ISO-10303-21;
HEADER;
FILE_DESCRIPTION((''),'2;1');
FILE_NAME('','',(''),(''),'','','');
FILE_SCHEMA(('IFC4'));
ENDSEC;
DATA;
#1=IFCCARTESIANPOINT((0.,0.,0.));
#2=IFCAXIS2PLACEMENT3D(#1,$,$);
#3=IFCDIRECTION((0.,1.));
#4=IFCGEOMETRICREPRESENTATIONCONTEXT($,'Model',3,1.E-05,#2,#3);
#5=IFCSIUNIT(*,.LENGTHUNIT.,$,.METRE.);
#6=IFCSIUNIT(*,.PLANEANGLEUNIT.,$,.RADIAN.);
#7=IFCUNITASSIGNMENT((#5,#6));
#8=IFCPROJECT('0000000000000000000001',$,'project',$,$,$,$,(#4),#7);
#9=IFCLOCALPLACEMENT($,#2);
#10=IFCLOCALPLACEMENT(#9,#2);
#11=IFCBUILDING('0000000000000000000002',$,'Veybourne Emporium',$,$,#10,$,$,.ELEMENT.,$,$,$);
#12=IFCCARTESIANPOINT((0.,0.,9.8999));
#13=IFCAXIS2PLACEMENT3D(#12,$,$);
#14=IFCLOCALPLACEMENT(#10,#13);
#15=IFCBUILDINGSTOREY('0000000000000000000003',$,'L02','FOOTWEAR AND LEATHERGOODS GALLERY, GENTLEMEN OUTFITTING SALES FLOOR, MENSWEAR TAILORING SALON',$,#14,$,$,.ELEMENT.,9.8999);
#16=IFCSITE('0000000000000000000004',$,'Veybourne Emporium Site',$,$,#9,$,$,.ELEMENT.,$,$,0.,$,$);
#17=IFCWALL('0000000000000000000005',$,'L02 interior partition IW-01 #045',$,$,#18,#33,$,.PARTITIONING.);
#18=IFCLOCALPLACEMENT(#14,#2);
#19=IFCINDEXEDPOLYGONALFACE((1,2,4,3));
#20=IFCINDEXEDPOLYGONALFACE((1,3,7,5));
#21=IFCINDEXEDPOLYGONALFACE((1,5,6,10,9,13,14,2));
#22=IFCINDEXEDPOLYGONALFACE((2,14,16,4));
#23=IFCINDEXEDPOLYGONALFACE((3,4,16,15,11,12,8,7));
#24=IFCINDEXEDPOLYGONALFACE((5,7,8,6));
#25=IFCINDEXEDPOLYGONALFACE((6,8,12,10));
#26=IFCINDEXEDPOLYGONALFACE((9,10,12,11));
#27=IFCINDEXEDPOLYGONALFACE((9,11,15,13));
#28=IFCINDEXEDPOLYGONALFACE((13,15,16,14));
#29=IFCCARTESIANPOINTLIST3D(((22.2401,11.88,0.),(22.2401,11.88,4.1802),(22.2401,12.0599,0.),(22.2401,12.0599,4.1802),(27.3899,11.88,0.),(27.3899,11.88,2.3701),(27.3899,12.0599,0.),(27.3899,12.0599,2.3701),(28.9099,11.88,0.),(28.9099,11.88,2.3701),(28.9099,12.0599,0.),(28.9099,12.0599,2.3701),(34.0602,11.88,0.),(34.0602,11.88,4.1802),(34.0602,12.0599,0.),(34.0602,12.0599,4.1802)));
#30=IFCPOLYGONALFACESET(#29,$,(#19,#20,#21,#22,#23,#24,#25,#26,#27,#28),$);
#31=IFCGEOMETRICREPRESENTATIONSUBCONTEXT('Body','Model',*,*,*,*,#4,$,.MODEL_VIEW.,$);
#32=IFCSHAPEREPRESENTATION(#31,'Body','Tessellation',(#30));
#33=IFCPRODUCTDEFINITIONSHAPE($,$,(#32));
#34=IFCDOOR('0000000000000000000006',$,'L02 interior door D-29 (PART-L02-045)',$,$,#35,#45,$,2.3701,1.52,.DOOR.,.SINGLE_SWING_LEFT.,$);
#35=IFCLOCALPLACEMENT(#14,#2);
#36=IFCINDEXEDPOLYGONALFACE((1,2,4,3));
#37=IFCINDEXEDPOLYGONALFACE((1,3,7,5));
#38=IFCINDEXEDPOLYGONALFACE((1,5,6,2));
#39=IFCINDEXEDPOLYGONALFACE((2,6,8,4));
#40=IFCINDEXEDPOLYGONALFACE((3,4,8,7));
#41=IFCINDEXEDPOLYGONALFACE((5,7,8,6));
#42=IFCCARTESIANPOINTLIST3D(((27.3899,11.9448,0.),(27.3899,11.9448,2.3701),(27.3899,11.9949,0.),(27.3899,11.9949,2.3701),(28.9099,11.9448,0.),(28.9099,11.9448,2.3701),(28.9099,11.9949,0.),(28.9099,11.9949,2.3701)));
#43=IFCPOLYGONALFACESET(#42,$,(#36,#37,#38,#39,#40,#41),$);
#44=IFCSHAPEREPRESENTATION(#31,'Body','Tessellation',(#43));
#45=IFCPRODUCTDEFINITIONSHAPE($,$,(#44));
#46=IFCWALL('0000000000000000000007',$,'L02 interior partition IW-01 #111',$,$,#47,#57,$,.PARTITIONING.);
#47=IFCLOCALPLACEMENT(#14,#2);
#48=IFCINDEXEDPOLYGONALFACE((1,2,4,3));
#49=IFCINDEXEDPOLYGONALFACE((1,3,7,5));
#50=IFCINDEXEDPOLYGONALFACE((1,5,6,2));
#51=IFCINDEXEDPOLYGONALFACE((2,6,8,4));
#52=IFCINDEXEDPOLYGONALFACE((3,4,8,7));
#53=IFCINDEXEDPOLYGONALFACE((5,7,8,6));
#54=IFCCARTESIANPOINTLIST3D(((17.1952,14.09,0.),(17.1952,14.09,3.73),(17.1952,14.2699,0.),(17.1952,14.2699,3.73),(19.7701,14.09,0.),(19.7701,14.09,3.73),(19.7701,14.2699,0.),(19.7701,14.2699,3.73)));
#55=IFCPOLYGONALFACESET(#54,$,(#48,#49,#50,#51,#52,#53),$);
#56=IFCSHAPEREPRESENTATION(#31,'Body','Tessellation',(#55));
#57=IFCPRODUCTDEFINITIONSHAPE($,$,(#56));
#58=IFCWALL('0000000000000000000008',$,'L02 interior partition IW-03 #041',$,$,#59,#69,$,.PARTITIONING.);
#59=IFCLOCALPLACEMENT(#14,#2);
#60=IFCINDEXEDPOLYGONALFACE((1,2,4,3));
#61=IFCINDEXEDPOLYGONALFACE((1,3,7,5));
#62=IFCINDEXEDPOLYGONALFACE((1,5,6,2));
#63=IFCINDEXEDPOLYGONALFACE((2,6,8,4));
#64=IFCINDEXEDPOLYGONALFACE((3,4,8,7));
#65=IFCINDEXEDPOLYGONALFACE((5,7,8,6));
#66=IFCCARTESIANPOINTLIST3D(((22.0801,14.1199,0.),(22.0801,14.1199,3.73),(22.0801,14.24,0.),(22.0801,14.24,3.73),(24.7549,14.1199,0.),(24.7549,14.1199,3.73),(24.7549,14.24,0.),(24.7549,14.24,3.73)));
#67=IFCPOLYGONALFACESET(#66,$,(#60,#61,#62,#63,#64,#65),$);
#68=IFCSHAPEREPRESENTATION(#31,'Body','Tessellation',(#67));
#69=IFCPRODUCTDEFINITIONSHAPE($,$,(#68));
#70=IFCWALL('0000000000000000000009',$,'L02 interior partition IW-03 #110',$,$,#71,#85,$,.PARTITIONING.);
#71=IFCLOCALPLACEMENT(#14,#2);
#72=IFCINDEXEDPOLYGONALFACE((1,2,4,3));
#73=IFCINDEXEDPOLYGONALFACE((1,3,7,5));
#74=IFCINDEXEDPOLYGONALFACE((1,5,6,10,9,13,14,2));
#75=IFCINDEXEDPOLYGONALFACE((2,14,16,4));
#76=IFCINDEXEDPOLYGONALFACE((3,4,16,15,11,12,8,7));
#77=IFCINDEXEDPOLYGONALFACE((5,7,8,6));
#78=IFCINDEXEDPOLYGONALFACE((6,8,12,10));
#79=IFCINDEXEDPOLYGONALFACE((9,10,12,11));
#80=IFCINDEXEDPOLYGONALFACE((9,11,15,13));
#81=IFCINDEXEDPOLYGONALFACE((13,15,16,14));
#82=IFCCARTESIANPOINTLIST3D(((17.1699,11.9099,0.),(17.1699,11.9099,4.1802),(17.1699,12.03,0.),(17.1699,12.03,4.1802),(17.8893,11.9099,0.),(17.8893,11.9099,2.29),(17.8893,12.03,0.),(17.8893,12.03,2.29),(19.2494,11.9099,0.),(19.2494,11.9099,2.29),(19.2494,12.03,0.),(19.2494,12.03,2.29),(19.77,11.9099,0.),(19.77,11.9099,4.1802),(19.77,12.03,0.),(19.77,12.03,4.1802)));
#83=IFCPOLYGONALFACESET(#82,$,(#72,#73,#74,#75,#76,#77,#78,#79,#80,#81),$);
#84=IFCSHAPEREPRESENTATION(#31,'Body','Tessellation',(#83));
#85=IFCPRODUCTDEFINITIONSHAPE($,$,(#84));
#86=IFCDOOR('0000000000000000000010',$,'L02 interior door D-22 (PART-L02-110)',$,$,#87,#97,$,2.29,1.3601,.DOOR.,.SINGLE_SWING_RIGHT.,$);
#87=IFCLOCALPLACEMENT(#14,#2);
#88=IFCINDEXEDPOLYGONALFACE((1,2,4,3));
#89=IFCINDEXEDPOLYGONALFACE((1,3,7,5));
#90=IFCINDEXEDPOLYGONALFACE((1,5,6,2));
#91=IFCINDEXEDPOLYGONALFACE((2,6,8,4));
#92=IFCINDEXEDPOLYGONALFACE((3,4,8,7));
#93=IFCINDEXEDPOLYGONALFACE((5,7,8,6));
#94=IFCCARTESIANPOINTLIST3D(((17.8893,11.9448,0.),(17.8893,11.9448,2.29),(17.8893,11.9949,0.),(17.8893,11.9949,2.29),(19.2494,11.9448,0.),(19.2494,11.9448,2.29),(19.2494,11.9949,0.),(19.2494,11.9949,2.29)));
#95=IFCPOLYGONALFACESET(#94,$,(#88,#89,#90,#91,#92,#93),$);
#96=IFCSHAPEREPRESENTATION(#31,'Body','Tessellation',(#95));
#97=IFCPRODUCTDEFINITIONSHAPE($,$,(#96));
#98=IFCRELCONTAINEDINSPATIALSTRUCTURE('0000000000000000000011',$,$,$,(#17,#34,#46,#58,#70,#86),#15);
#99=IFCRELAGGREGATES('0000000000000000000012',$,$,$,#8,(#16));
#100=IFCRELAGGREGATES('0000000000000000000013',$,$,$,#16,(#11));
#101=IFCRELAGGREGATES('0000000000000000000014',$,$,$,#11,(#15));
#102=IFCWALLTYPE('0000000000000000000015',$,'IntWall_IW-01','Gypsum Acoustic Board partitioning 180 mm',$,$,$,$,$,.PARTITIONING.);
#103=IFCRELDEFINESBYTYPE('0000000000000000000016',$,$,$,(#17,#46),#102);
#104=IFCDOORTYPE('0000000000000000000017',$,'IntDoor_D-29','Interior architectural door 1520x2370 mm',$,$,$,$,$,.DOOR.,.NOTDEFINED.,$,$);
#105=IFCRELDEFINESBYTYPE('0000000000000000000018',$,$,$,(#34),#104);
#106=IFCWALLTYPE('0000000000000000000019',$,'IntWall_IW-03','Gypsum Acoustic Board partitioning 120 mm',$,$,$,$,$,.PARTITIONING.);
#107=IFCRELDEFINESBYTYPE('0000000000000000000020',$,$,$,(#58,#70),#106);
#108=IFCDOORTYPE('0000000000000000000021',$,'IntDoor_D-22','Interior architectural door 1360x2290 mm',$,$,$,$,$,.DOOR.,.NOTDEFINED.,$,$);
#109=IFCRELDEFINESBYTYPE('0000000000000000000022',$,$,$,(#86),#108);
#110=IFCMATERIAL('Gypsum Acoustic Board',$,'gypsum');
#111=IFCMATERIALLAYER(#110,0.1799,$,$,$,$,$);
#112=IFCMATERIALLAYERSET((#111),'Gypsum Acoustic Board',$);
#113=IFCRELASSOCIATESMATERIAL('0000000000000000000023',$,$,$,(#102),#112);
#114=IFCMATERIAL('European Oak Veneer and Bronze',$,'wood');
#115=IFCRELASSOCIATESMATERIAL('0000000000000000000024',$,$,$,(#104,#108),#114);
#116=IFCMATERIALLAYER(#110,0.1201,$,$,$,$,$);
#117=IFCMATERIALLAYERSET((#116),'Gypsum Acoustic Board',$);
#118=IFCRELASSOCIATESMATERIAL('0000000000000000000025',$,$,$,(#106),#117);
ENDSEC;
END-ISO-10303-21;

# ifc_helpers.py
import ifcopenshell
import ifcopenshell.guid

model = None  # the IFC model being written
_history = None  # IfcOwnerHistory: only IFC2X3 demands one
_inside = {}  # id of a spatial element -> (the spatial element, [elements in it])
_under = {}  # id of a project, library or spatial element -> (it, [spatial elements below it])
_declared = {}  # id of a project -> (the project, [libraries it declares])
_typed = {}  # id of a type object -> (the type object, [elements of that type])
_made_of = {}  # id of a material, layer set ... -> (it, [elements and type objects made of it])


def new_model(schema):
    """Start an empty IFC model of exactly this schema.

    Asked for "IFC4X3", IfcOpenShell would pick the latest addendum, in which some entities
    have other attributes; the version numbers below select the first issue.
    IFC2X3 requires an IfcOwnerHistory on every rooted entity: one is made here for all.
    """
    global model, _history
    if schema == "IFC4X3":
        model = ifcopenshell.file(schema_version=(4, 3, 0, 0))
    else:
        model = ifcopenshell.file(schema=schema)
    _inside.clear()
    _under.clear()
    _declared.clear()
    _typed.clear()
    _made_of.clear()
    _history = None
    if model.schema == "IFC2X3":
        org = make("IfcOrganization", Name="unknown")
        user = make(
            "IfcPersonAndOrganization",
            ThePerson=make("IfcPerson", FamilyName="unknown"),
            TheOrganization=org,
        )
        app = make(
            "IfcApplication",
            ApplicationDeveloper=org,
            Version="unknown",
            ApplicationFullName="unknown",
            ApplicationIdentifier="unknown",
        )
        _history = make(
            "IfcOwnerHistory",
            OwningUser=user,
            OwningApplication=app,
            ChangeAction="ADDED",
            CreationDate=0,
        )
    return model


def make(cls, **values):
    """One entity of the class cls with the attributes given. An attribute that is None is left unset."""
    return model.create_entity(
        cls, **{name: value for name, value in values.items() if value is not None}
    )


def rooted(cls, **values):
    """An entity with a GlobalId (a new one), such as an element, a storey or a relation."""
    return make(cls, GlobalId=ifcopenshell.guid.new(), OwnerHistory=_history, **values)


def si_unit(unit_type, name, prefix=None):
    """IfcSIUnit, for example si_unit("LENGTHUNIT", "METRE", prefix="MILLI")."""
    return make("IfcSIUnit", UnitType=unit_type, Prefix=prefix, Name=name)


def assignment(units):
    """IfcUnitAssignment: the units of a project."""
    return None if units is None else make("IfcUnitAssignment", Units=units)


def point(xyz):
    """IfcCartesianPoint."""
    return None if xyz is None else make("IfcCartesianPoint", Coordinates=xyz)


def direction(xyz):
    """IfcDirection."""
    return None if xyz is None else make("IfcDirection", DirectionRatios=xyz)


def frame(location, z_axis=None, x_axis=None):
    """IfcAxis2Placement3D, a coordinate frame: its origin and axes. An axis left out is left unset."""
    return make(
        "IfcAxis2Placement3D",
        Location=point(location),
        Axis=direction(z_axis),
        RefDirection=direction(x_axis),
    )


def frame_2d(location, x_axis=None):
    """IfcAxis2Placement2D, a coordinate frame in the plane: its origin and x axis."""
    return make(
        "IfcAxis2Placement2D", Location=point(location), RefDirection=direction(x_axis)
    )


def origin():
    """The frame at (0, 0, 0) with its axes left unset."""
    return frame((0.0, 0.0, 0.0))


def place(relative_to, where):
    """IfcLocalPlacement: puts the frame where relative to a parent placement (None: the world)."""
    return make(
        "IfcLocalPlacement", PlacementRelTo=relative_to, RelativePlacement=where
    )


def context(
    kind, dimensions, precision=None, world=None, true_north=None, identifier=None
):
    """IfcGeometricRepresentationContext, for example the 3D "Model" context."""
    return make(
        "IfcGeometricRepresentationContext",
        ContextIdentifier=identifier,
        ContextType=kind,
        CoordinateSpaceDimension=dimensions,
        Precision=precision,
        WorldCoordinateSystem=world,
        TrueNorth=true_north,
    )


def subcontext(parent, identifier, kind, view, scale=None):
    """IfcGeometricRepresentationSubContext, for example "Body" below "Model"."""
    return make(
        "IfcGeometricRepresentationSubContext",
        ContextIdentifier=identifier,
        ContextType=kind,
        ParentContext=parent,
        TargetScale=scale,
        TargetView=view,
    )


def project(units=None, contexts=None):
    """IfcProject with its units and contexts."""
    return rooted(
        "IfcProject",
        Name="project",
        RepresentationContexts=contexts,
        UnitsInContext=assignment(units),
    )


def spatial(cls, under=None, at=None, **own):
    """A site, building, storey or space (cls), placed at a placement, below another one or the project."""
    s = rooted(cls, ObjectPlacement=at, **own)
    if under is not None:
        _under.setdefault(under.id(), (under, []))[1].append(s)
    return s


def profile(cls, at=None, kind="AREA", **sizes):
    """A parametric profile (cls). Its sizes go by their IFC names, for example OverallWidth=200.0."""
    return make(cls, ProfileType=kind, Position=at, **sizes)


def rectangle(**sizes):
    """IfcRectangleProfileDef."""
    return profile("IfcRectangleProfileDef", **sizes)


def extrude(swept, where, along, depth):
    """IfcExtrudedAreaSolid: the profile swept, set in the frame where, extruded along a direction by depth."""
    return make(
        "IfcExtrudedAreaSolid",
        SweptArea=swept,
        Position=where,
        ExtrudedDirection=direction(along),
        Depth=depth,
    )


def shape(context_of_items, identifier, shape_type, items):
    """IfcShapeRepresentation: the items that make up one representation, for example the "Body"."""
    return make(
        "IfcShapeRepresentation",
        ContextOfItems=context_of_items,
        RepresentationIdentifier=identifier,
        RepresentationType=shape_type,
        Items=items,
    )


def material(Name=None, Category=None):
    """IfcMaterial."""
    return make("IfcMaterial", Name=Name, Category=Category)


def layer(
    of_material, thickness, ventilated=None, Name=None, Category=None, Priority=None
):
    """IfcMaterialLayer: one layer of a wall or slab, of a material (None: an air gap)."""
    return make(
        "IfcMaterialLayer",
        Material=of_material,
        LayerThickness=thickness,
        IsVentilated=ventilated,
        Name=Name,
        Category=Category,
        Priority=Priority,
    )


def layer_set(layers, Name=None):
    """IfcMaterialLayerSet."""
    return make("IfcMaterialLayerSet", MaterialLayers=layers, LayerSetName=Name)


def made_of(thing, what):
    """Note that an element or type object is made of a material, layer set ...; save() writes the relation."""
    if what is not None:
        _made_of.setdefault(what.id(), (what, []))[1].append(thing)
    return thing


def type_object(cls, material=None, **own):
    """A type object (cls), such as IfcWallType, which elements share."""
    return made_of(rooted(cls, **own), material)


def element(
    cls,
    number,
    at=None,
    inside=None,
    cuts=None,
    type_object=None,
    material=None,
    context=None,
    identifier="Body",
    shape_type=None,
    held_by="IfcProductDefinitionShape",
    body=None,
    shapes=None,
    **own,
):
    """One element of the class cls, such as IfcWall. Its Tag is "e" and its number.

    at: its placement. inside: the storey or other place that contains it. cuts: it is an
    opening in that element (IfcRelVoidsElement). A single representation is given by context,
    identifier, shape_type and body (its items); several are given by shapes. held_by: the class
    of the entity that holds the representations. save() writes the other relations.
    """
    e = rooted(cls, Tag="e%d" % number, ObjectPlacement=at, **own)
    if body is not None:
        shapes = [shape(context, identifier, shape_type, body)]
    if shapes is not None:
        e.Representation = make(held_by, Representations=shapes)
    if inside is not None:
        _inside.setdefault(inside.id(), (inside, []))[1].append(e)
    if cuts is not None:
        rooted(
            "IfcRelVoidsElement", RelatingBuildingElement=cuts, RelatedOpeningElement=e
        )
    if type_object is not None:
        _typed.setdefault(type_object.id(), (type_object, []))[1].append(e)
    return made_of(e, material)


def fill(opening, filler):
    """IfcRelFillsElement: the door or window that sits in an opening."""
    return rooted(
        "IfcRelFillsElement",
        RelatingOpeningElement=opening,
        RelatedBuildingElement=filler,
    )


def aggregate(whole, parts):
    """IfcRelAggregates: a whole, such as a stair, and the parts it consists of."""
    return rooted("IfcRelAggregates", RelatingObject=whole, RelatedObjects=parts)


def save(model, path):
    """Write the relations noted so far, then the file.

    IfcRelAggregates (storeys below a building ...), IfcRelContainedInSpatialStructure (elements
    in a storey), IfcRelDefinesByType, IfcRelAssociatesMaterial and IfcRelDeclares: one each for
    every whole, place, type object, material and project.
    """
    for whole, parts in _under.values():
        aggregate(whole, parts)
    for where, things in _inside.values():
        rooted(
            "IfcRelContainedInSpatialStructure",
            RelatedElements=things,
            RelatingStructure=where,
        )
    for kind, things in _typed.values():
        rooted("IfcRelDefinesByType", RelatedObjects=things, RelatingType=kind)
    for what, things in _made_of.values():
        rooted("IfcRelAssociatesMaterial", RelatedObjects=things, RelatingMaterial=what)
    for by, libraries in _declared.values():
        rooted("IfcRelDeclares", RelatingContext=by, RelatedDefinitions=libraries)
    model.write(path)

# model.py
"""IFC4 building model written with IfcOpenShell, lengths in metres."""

from ifc_helpers import new_model, si_unit, direction, frame, frame_2d, origin, place, context, subcontext, project, spatial, rectangle, extrude, material, layer, layer_set, type_object, element, fill, save


model = new_model("IFC4")

# Units and contexts
model_context = context("Model", 3, precision=1e-05, world=origin(), true_north=direction((0.0, 1.0)))
body_context = subcontext(model_context, "Body", "Model", "MODEL_VIEW")
ifc_project = project(units=[si_unit("LENGTHUNIT", "METRE"), si_unit("PLANEANGLEUNIT", "RADIAN")], contexts=[model_context])

# Site, building, storey
site_placement = place(None, origin())
site = spatial("IfcSite", under=ifc_project, at=site_placement, Name="Veybourne Emporium Site", CompositionType="ELEMENT", RefElevation=0.0)
building_placement = place(site_placement, origin())
building = spatial("IfcBuilding", under=site, at=building_placement, Name="Veybourne Emporium", CompositionType="ELEMENT")
storey_placement = place(building_placement, frame((0.0, 0.0, 9.8999)))
storey = spatial("IfcBuildingStorey", under=building, at=storey_placement, Name="L02", Description="FOOTWEAR AND LEATHERGOODS GALLERY, GENTLEMEN OUTFITTING SALES FLOOR, MENSWEAR TAILORING SALON", CompositionType="ELEMENT", Elevation=9.8999)

# Wall, opening, door
ifc_material_1 = material(Name="Gypsum Acoustic Board", Category="gypsum")
ifc_layer_1 = layer(ifc_material_1, 0.1799)
ifc_layer_set_1 = layer_set([ifc_layer_1], Name="Gypsum Acoustic Board")
wall_type_1 = type_object("IfcWallType", Name="IntWall_IW-01", Description="Gypsum Acoustic Board partitioning 180 mm", PredefinedType="PARTITIONING", material=ifc_layer_set_1)
ifc_material_2 = material(Name="European Oak Veneer and Bronze", Category="wood")
wall_1_placement = place(storey_placement, frame((22.24, 11.97, 0.0), z_axis=(0.0, 0.0, 1.0), x_axis=(1.0, 0.0, 0.0)))
wall_1 = element("IfcWall", 1, at=wall_1_placement, inside=storey, type_object=wall_type_1, Name="L02 interior partition IW-01 #045", PredefinedType="PARTITIONING", context=body_context, shape_type="SweptSolid", body=[
    extrude(rectangle(XDim=11.8201, YDim=0.1799, at=frame_2d((5.9102, 0.0))), origin(), (0.0, 0.0, 1.0), 4.1802),
])
opening_1_placement = place(wall_1_placement, frame((5.1499, 0.0, 0.0)))
opening_1 = element("IfcOpeningElement", 2, at=opening_1_placement, cuts=wall_1, PredefinedType="OPENING", context=body_context, shape_type="SweptSolid", body=[
    extrude(rectangle(XDim=1.52, YDim=2.3701, at=frame_2d((0.76, 1.1851))), frame((0.0, 0.1099, 0.0), z_axis=(0.0, -1.0, 0.0), x_axis=(1.0, 0.0, 0.0)), (0.0, 0.0, 1.0), 0.22),
])
door_type_1 = type_object("IfcDoorType", Name="IntDoor_D-29", Description="Interior architectural door 1520x2370 mm", OperationType="NOTDEFINED", PredefinedType="DOOR", material=ifc_material_2)
door_1_placement = place(opening_1_placement, origin())
door_1 = element("IfcDoor", 3, at=door_1_placement, inside=storey, type_object=door_type_1, Name="L02 interior door D-29 (PART-L02-045)", OperationType="SINGLE_SWING_LEFT", OverallHeight=2.3701, OverallWidth=1.52, PredefinedType="DOOR", context=body_context, shape_type="SweptSolid", body=[
    extrude(rectangle(XDim=1.52, YDim=2.3701, at=frame_2d((0.76, 1.1851))), frame((0.0, 0.0249, 0.0), z_axis=(0.0, -1.0, 0.0), x_axis=(1.0, 0.0, 0.0)), (0.0, 0.0, 1.0), 0.05),
])
fill(opening_1, door_1)

# Walls
wall_2_placement = place(storey_placement, frame((17.1951, 14.1799, 0.0), z_axis=(0.0, 0.0, 1.0), x_axis=(1.0, 0.0, 0.0)))
element("IfcWall", 4, at=wall_2_placement, inside=storey, type_object=wall_type_1, Name="L02 interior partition IW-01 #111", PredefinedType="PARTITIONING", context=body_context, shape_type="SweptSolid", body=[
    extrude(rectangle(XDim=2.575, YDim=0.1799, at=frame_2d((1.2876, 0.0))), origin(), (0.0, 0.0, 1.0), 3.73),
])
ifc_layer_2 = layer(ifc_material_1, 0.1201)
ifc_layer_set_2 = layer_set([ifc_layer_2], Name="Gypsum Acoustic Board")
wall_type_2 = type_object("IfcWallType", Name="IntWall_IW-03", Description="Gypsum Acoustic Board partitioning 120 mm", PredefinedType="PARTITIONING", material=ifc_layer_set_2)
wall_3_placement = place(storey_placement, frame((22.0801, 14.1799, 0.0), z_axis=(0.0, 0.0, 1.0), x_axis=(1.0, 0.0, 0.0)))
element("IfcWall", 5, at=wall_3_placement, inside=storey, type_object=wall_type_2, Name="L02 interior partition IW-03 #041", PredefinedType="PARTITIONING", context=body_context, shape_type="SweptSolid", body=[
    extrude(rectangle(XDim=2.6748, YDim=0.1201, at=frame_2d((1.3374, 0.0))), origin(), (0.0, 0.0, 1.0), 3.73),
])

# Wall, opening, door
wall_4_placement = place(storey_placement, frame((17.1699, 11.97, 0.0), z_axis=(0.0, 0.0, 1.0), x_axis=(1.0, 0.0, 0.0)))
wall_4 = element("IfcWall", 6, at=wall_4_placement, inside=storey, type_object=wall_type_2, Name="L02 interior partition IW-03 #110", PredefinedType="PARTITIONING", context=body_context, shape_type="SweptSolid", body=[
    extrude(rectangle(XDim=2.6001, YDim=0.1201, at=frame_2d((1.3, 0.0))), origin(), (0.0, 0.0, 1.0), 4.1802),
])
opening_2_placement = place(wall_4_placement, frame((0.7192, 0.0, 0.0)))
opening_2 = element("IfcOpeningElement", 7, at=opening_2_placement, cuts=wall_4, PredefinedType="OPENING", context=body_context, shape_type="SweptSolid", body=[
    extrude(rectangle(XDim=1.3601, YDim=2.29, at=frame_2d((0.6802, 1.145))), frame((0.0, 0.0801, 0.0), z_axis=(0.0, -1.0, 0.0), x_axis=(1.0, 0.0, 0.0)), (0.0, 0.0, 1.0), 0.1602),
])
door_type_2 = type_object("IfcDoorType", Name="IntDoor_D-22", Description="Interior architectural door 1360x2290 mm", OperationType="NOTDEFINED", PredefinedType="DOOR", material=ifc_material_2)
door_2_placement = place(opening_2_placement, origin())
door_2 = element("IfcDoor", 8, at=door_2_placement, inside=storey, type_object=door_type_2, Name="L02 interior door D-22 (PART-L02-110)", OperationType="SINGLE_SWING_RIGHT", OverallHeight=2.29, OverallWidth=1.3601, PredefinedType="DOOR", context=body_context, shape_type="SweptSolid", body=[
    extrude(rectangle(XDim=1.3601, YDim=2.29, at=frame_2d((0.6802, 1.145))), frame((0.0, 0.0249, 0.0), z_axis=(0.0, -1.0, 0.0), x_axis=(1.0, 0.0, 0.0)), (0.0, 0.0, 1.0), 0.05),
])
fill(opening_2, door_2)

save(model, "model.ifc")
